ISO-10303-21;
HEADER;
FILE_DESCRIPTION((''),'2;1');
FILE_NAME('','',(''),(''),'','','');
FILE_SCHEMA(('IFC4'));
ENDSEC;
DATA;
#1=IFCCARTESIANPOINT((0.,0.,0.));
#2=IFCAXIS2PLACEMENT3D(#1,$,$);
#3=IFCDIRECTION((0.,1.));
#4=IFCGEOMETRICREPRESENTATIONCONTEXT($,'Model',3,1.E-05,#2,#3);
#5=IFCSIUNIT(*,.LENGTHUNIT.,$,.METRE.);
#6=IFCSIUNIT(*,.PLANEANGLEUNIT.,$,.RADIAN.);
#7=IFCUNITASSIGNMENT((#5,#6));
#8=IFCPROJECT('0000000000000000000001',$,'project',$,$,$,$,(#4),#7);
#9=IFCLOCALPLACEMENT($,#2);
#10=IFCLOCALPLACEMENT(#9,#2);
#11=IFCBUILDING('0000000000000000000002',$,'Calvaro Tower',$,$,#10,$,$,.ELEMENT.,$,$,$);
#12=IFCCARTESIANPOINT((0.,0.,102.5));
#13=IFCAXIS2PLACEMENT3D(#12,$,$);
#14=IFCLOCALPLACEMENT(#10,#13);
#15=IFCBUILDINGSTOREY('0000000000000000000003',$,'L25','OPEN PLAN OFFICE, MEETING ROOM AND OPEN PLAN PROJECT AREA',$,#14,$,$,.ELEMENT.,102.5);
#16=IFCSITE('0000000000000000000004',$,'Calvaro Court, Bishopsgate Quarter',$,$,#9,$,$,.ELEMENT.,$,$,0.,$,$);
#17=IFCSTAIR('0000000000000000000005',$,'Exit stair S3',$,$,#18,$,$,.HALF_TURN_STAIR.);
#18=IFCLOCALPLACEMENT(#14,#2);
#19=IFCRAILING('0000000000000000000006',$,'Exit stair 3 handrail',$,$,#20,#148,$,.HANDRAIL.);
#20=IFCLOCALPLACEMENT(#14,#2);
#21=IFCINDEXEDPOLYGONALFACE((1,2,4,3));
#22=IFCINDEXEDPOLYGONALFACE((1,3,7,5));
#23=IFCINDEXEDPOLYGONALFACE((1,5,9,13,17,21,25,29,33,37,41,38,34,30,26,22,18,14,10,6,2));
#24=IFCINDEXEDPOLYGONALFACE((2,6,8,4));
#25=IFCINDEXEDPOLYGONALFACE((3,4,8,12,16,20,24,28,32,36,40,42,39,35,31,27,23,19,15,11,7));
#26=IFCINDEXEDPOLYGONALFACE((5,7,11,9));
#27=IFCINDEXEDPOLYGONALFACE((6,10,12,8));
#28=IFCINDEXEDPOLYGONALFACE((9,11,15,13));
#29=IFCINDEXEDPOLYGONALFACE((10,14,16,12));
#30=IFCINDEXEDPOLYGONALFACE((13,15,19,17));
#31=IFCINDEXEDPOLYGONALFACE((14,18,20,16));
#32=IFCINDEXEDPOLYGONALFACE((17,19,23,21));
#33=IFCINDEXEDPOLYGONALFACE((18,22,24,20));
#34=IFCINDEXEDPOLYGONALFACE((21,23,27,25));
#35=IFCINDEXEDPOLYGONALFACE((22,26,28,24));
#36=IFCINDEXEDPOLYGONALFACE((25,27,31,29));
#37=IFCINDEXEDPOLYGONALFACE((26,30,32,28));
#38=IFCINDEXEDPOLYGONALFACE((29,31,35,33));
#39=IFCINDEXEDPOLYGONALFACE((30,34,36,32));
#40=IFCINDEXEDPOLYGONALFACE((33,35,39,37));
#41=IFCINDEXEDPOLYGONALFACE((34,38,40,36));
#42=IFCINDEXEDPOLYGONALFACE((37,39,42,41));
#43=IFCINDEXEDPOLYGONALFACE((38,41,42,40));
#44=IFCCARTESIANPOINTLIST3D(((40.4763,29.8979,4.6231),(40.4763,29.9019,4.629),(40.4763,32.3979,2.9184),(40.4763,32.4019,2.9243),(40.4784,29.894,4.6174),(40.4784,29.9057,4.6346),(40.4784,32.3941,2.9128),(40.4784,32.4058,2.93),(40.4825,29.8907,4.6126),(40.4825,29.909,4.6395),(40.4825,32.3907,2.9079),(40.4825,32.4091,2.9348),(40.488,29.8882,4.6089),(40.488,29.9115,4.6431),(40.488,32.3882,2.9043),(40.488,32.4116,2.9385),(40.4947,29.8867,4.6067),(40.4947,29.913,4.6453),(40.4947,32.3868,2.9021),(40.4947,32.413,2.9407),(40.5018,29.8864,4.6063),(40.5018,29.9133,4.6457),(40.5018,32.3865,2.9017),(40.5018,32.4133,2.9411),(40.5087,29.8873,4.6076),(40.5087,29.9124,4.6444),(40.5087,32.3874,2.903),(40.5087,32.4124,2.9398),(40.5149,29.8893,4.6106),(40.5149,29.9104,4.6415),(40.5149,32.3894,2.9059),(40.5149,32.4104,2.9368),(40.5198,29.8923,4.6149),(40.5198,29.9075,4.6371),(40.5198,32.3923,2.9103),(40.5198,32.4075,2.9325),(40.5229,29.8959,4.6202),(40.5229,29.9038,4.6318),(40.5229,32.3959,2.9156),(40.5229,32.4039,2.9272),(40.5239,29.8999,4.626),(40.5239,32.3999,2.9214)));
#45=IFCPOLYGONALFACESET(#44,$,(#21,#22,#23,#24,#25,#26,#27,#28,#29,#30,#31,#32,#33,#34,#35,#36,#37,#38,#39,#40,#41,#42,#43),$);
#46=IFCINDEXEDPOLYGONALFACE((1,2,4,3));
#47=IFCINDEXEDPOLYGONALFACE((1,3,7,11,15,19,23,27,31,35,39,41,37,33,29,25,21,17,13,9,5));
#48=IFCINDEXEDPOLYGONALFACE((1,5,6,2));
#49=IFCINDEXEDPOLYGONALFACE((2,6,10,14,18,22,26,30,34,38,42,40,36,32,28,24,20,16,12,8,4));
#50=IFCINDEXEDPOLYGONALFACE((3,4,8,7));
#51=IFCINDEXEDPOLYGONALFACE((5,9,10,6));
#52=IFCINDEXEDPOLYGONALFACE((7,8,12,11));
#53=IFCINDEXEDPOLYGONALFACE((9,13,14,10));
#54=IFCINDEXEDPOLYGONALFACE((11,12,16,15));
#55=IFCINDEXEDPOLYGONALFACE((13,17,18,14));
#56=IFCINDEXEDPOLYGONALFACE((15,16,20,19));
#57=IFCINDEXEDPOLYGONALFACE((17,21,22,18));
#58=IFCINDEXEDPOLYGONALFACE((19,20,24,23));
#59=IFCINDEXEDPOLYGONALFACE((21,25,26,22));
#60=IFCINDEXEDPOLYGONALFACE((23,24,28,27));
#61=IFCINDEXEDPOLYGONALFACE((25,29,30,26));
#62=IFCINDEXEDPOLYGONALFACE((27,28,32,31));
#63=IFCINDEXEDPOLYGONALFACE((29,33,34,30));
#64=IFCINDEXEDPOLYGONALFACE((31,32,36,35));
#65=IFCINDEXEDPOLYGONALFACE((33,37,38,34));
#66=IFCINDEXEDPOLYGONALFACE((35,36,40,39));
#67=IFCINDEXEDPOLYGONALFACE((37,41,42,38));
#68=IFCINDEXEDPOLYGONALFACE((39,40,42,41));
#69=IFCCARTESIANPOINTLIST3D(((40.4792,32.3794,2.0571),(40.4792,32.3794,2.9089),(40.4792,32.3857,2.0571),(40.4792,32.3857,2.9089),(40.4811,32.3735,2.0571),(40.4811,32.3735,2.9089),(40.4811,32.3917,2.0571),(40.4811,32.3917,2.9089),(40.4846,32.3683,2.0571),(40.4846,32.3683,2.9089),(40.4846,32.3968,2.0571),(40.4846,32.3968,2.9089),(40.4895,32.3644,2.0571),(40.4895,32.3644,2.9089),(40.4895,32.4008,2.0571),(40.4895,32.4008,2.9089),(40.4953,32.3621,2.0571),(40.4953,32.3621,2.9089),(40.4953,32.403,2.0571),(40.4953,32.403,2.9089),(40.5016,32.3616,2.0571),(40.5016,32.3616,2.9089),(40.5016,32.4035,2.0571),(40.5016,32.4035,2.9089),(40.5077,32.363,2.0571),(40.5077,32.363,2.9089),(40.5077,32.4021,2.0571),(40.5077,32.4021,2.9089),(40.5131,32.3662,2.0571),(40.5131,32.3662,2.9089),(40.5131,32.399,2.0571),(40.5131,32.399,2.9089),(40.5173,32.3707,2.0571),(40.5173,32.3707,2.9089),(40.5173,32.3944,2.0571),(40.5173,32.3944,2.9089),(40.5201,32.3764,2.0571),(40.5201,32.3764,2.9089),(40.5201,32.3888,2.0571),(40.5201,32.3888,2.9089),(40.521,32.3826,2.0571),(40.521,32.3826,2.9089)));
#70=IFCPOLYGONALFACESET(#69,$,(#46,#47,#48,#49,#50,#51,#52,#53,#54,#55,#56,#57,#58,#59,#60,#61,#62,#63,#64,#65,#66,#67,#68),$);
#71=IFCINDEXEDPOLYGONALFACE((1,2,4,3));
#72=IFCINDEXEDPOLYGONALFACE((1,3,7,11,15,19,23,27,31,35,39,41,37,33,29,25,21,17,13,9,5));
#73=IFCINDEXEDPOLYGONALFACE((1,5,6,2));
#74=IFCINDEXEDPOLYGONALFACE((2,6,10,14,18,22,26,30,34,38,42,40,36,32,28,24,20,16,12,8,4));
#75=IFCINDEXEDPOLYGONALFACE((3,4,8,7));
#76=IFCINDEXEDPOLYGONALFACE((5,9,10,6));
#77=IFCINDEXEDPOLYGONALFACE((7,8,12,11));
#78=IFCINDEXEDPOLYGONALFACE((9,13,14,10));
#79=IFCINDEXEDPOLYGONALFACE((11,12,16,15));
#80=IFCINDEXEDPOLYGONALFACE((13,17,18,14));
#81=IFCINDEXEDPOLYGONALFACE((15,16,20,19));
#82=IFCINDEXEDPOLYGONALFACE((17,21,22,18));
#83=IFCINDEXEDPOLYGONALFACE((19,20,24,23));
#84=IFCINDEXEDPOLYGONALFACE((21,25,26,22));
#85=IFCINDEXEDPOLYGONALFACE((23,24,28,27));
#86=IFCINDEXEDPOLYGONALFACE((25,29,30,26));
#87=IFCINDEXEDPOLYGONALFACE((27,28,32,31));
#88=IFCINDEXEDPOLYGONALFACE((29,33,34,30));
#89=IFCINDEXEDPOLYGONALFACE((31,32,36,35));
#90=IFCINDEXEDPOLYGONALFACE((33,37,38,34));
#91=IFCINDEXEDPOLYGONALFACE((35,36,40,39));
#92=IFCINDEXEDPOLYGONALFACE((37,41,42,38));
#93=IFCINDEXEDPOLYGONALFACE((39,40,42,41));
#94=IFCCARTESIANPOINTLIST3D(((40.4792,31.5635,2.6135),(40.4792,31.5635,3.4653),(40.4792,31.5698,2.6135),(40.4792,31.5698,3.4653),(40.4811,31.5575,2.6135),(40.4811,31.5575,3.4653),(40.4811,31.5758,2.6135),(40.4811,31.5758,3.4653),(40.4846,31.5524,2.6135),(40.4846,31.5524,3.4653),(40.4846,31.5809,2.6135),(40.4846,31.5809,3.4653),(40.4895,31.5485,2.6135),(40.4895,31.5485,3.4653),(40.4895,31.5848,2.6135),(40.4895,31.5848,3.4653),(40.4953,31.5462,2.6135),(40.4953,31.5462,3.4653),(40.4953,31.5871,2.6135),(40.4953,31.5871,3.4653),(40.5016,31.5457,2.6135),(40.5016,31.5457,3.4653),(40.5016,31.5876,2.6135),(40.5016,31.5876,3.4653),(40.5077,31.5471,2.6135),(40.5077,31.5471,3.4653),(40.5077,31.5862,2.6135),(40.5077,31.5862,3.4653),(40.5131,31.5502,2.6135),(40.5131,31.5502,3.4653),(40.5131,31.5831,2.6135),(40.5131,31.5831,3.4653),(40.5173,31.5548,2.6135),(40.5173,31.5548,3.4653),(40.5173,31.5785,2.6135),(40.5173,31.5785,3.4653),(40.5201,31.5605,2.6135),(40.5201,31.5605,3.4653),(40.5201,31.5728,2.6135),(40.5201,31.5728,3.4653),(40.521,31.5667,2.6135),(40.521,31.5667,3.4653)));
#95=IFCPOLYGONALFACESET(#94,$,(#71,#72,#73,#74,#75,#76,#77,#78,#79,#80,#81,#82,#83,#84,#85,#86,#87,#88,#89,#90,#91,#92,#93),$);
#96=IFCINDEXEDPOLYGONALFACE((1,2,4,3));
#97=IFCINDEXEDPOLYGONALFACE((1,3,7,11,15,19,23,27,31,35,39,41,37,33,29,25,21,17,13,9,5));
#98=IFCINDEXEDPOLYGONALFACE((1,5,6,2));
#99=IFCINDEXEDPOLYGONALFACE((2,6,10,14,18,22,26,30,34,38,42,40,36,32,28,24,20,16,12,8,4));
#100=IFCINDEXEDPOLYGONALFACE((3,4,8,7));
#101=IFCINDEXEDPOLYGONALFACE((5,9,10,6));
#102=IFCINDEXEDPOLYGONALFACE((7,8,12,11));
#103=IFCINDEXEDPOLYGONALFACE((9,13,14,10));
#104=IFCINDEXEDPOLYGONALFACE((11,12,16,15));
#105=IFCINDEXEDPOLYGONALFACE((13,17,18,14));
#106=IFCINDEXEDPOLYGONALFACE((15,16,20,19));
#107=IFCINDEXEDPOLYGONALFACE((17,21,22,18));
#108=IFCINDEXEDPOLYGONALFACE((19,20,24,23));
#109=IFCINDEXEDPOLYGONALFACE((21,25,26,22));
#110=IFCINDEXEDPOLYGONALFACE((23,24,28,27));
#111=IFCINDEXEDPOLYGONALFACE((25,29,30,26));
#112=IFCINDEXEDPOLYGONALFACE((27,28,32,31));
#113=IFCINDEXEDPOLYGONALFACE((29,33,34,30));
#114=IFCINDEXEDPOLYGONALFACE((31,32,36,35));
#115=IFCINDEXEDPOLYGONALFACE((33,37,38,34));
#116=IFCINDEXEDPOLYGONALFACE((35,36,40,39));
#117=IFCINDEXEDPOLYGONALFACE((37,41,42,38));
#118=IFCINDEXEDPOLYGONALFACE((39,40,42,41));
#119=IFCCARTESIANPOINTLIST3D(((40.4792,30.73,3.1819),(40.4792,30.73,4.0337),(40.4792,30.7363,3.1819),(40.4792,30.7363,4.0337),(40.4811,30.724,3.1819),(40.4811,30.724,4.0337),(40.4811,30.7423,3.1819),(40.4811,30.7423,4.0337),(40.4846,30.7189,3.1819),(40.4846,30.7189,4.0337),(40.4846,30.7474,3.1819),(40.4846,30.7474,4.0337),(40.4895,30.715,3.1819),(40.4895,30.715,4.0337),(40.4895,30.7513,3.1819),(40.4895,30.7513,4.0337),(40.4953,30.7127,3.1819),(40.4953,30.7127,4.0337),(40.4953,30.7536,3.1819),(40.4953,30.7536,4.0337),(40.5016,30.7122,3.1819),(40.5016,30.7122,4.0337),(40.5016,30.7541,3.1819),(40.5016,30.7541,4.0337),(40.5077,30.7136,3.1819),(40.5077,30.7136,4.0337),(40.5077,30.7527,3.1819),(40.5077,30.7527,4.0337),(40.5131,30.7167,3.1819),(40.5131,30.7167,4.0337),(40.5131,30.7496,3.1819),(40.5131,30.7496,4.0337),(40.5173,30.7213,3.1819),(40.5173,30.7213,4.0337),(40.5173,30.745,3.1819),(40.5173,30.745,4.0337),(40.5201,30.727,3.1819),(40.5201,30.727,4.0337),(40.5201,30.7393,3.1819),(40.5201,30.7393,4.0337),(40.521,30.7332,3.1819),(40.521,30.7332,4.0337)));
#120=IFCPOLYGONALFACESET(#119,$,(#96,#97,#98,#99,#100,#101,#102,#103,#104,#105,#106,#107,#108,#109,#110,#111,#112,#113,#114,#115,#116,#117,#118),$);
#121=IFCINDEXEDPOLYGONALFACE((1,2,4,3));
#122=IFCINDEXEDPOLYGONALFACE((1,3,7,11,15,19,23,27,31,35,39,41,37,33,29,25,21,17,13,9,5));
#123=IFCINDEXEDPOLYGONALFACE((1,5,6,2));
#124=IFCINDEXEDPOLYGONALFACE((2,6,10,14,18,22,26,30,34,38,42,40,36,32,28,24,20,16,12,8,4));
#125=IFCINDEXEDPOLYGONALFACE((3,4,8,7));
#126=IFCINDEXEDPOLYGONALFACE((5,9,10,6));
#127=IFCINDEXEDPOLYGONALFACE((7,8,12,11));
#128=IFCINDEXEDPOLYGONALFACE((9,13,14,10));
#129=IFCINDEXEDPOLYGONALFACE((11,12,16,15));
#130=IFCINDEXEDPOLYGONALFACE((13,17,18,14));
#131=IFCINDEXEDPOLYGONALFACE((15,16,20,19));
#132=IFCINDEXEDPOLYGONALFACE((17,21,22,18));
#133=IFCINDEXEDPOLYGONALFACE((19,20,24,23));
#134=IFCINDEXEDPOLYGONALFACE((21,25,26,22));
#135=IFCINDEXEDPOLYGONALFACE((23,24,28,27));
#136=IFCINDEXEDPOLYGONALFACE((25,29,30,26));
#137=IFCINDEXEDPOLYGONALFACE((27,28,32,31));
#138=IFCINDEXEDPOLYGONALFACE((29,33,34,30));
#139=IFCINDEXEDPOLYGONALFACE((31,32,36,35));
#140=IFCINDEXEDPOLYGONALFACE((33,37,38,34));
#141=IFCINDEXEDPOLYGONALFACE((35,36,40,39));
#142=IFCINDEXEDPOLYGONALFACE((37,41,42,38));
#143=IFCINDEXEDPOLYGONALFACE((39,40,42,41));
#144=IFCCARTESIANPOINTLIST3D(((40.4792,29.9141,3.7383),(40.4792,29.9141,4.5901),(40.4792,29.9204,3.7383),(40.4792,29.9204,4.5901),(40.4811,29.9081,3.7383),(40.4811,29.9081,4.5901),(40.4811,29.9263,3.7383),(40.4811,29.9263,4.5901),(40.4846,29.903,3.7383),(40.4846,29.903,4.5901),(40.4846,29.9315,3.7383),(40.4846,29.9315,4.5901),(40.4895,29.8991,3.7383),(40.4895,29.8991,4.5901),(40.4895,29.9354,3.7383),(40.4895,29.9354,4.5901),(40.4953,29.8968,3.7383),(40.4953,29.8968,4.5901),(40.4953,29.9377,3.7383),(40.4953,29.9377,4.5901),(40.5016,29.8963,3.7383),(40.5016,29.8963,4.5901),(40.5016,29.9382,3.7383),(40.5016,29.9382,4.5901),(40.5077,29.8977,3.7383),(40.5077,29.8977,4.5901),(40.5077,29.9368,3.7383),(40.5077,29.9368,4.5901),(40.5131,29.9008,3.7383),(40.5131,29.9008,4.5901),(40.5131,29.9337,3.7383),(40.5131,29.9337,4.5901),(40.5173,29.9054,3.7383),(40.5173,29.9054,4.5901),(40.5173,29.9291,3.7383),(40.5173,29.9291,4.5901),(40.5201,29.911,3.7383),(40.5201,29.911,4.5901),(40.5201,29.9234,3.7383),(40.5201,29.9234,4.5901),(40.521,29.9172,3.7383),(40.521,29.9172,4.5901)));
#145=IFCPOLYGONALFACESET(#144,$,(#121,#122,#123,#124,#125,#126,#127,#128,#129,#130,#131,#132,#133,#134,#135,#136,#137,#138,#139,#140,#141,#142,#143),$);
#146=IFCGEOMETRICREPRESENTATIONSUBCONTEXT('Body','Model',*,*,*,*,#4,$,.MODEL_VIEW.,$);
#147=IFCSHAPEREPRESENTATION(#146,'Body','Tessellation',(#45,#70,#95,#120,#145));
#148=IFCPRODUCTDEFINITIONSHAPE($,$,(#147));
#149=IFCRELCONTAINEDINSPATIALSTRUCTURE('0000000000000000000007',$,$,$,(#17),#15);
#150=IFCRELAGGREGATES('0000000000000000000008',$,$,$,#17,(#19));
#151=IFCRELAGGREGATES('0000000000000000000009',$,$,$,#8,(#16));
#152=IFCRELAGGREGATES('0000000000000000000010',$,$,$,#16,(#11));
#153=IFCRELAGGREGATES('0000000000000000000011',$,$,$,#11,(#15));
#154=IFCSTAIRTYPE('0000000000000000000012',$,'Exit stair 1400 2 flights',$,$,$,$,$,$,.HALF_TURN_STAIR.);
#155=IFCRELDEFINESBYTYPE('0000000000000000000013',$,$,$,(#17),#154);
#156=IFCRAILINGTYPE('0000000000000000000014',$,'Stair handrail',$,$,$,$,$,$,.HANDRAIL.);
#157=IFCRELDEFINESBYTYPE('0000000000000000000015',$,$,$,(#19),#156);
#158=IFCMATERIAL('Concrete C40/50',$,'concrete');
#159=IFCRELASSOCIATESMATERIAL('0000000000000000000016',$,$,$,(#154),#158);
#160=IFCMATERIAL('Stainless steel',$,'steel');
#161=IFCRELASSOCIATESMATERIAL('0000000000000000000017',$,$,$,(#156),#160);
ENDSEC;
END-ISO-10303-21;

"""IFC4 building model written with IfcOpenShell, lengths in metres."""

from ifc_helpers import new_model, si_unit, direction, frame, origin, origin_2d, place, context, subcontext, project, spatial, circle, extrude, material, type_object, element, aggregate, save


model = new_model("IFC4")

# Units and contexts
model_context = context("Model", 3, precision=1e-05, world=origin(), true_north=direction((0.0, 1.0)))
body_context = subcontext(model_context, "Body", "Model", "MODEL_VIEW")
ifc_project = project(units=[si_unit("LENGTHUNIT", "METRE"), si_unit("PLANEANGLEUNIT", "RADIAN")], contexts=[model_context])

# Site, building, storey
site_placement = place(None, origin())
site = spatial("IfcSite", under=ifc_project, at=site_placement, Name="Calvaro Court, Bishopsgate Quarter", CompositionType="ELEMENT", RefElevation=0.0)
building_placement = place(site_placement, origin())
building = spatial("IfcBuilding", under=site, at=building_placement, Name="Calvaro Tower", CompositionType="ELEMENT")
storey_placement = place(building_placement, frame((0.0, 0.0, 102.5)))
storey = spatial("IfcBuildingStorey", under=building, at=storey_placement, Name="L25", Description="OPEN PLAN OFFICE, MEETING ROOM AND OPEN PLAN PROJECT AREA", CompositionType="ELEMENT", Elevation=102.5)

# Stair
ifc_material_1 = material(Name="Concrete C40/50", Category="concrete")
stair_type = type_object("IfcStairType", Name="Exit stair 1400 2 flights", PredefinedType="HALF_TURN_STAIR", material=ifc_material_1)
stair_1_placement = place(storey_placement, origin())
stair_1 = element("IfcStair", 1, at=stair_1_placement, inside=storey, type_object=stair_type, Name="Exit stair S3", PredefinedType="HALF_TURN_STAIR")

# Railing
ifc_material_2 = material(Name="Stainless steel", Category="steel")
railing_type = type_object("IfcRailingType", Name="Stair handrail", PredefinedType="HANDRAIL", material=ifc_material_2)
railing_1_placement = place(storey_placement, frame((40.5, 32.3999, 2.0454)))
railing_1 = element("IfcRailing", 2, at=railing_1_placement, type_object=railing_type, Name="Exit stair 3 handrail", PredefinedType="HANDRAIL", context=body_context, shape_type="SweptSolid", body=[
    extrude(circle(Radius=0.0239, at=origin_2d()), frame((0.0, 0.0, 0.876), z_axis=(0.0, -0.826221, 0.563347), x_axis=(1.0, 0.0, 0.0)), (0.0, 0.0, 1.0), 3.0259),
    extrude(circle(Radius=0.021, at=origin_2d()), frame((0.0, -0.0173, 0.0117)), (0.0, 0.0, 1.0), 0.8518),
    extrude(circle(Radius=0.021, at=origin_2d()), frame((0.0, -0.8333, 0.5681)), (0.0, 0.0, 1.0), 0.8518),
    extrude(circle(Radius=0.021, at=origin_2d()), frame((0.0, -1.6667, 1.1365)), (0.0, 0.0, 1.0), 0.8518),
    extrude(circle(Radius=0.021, at=origin_2d()), frame((0.0, -2.4827, 1.6929)), (0.0, 0.0, 1.0), 0.8518),
])
aggregate(stair_1, [railing_1])

save(model, "model.ifc")
